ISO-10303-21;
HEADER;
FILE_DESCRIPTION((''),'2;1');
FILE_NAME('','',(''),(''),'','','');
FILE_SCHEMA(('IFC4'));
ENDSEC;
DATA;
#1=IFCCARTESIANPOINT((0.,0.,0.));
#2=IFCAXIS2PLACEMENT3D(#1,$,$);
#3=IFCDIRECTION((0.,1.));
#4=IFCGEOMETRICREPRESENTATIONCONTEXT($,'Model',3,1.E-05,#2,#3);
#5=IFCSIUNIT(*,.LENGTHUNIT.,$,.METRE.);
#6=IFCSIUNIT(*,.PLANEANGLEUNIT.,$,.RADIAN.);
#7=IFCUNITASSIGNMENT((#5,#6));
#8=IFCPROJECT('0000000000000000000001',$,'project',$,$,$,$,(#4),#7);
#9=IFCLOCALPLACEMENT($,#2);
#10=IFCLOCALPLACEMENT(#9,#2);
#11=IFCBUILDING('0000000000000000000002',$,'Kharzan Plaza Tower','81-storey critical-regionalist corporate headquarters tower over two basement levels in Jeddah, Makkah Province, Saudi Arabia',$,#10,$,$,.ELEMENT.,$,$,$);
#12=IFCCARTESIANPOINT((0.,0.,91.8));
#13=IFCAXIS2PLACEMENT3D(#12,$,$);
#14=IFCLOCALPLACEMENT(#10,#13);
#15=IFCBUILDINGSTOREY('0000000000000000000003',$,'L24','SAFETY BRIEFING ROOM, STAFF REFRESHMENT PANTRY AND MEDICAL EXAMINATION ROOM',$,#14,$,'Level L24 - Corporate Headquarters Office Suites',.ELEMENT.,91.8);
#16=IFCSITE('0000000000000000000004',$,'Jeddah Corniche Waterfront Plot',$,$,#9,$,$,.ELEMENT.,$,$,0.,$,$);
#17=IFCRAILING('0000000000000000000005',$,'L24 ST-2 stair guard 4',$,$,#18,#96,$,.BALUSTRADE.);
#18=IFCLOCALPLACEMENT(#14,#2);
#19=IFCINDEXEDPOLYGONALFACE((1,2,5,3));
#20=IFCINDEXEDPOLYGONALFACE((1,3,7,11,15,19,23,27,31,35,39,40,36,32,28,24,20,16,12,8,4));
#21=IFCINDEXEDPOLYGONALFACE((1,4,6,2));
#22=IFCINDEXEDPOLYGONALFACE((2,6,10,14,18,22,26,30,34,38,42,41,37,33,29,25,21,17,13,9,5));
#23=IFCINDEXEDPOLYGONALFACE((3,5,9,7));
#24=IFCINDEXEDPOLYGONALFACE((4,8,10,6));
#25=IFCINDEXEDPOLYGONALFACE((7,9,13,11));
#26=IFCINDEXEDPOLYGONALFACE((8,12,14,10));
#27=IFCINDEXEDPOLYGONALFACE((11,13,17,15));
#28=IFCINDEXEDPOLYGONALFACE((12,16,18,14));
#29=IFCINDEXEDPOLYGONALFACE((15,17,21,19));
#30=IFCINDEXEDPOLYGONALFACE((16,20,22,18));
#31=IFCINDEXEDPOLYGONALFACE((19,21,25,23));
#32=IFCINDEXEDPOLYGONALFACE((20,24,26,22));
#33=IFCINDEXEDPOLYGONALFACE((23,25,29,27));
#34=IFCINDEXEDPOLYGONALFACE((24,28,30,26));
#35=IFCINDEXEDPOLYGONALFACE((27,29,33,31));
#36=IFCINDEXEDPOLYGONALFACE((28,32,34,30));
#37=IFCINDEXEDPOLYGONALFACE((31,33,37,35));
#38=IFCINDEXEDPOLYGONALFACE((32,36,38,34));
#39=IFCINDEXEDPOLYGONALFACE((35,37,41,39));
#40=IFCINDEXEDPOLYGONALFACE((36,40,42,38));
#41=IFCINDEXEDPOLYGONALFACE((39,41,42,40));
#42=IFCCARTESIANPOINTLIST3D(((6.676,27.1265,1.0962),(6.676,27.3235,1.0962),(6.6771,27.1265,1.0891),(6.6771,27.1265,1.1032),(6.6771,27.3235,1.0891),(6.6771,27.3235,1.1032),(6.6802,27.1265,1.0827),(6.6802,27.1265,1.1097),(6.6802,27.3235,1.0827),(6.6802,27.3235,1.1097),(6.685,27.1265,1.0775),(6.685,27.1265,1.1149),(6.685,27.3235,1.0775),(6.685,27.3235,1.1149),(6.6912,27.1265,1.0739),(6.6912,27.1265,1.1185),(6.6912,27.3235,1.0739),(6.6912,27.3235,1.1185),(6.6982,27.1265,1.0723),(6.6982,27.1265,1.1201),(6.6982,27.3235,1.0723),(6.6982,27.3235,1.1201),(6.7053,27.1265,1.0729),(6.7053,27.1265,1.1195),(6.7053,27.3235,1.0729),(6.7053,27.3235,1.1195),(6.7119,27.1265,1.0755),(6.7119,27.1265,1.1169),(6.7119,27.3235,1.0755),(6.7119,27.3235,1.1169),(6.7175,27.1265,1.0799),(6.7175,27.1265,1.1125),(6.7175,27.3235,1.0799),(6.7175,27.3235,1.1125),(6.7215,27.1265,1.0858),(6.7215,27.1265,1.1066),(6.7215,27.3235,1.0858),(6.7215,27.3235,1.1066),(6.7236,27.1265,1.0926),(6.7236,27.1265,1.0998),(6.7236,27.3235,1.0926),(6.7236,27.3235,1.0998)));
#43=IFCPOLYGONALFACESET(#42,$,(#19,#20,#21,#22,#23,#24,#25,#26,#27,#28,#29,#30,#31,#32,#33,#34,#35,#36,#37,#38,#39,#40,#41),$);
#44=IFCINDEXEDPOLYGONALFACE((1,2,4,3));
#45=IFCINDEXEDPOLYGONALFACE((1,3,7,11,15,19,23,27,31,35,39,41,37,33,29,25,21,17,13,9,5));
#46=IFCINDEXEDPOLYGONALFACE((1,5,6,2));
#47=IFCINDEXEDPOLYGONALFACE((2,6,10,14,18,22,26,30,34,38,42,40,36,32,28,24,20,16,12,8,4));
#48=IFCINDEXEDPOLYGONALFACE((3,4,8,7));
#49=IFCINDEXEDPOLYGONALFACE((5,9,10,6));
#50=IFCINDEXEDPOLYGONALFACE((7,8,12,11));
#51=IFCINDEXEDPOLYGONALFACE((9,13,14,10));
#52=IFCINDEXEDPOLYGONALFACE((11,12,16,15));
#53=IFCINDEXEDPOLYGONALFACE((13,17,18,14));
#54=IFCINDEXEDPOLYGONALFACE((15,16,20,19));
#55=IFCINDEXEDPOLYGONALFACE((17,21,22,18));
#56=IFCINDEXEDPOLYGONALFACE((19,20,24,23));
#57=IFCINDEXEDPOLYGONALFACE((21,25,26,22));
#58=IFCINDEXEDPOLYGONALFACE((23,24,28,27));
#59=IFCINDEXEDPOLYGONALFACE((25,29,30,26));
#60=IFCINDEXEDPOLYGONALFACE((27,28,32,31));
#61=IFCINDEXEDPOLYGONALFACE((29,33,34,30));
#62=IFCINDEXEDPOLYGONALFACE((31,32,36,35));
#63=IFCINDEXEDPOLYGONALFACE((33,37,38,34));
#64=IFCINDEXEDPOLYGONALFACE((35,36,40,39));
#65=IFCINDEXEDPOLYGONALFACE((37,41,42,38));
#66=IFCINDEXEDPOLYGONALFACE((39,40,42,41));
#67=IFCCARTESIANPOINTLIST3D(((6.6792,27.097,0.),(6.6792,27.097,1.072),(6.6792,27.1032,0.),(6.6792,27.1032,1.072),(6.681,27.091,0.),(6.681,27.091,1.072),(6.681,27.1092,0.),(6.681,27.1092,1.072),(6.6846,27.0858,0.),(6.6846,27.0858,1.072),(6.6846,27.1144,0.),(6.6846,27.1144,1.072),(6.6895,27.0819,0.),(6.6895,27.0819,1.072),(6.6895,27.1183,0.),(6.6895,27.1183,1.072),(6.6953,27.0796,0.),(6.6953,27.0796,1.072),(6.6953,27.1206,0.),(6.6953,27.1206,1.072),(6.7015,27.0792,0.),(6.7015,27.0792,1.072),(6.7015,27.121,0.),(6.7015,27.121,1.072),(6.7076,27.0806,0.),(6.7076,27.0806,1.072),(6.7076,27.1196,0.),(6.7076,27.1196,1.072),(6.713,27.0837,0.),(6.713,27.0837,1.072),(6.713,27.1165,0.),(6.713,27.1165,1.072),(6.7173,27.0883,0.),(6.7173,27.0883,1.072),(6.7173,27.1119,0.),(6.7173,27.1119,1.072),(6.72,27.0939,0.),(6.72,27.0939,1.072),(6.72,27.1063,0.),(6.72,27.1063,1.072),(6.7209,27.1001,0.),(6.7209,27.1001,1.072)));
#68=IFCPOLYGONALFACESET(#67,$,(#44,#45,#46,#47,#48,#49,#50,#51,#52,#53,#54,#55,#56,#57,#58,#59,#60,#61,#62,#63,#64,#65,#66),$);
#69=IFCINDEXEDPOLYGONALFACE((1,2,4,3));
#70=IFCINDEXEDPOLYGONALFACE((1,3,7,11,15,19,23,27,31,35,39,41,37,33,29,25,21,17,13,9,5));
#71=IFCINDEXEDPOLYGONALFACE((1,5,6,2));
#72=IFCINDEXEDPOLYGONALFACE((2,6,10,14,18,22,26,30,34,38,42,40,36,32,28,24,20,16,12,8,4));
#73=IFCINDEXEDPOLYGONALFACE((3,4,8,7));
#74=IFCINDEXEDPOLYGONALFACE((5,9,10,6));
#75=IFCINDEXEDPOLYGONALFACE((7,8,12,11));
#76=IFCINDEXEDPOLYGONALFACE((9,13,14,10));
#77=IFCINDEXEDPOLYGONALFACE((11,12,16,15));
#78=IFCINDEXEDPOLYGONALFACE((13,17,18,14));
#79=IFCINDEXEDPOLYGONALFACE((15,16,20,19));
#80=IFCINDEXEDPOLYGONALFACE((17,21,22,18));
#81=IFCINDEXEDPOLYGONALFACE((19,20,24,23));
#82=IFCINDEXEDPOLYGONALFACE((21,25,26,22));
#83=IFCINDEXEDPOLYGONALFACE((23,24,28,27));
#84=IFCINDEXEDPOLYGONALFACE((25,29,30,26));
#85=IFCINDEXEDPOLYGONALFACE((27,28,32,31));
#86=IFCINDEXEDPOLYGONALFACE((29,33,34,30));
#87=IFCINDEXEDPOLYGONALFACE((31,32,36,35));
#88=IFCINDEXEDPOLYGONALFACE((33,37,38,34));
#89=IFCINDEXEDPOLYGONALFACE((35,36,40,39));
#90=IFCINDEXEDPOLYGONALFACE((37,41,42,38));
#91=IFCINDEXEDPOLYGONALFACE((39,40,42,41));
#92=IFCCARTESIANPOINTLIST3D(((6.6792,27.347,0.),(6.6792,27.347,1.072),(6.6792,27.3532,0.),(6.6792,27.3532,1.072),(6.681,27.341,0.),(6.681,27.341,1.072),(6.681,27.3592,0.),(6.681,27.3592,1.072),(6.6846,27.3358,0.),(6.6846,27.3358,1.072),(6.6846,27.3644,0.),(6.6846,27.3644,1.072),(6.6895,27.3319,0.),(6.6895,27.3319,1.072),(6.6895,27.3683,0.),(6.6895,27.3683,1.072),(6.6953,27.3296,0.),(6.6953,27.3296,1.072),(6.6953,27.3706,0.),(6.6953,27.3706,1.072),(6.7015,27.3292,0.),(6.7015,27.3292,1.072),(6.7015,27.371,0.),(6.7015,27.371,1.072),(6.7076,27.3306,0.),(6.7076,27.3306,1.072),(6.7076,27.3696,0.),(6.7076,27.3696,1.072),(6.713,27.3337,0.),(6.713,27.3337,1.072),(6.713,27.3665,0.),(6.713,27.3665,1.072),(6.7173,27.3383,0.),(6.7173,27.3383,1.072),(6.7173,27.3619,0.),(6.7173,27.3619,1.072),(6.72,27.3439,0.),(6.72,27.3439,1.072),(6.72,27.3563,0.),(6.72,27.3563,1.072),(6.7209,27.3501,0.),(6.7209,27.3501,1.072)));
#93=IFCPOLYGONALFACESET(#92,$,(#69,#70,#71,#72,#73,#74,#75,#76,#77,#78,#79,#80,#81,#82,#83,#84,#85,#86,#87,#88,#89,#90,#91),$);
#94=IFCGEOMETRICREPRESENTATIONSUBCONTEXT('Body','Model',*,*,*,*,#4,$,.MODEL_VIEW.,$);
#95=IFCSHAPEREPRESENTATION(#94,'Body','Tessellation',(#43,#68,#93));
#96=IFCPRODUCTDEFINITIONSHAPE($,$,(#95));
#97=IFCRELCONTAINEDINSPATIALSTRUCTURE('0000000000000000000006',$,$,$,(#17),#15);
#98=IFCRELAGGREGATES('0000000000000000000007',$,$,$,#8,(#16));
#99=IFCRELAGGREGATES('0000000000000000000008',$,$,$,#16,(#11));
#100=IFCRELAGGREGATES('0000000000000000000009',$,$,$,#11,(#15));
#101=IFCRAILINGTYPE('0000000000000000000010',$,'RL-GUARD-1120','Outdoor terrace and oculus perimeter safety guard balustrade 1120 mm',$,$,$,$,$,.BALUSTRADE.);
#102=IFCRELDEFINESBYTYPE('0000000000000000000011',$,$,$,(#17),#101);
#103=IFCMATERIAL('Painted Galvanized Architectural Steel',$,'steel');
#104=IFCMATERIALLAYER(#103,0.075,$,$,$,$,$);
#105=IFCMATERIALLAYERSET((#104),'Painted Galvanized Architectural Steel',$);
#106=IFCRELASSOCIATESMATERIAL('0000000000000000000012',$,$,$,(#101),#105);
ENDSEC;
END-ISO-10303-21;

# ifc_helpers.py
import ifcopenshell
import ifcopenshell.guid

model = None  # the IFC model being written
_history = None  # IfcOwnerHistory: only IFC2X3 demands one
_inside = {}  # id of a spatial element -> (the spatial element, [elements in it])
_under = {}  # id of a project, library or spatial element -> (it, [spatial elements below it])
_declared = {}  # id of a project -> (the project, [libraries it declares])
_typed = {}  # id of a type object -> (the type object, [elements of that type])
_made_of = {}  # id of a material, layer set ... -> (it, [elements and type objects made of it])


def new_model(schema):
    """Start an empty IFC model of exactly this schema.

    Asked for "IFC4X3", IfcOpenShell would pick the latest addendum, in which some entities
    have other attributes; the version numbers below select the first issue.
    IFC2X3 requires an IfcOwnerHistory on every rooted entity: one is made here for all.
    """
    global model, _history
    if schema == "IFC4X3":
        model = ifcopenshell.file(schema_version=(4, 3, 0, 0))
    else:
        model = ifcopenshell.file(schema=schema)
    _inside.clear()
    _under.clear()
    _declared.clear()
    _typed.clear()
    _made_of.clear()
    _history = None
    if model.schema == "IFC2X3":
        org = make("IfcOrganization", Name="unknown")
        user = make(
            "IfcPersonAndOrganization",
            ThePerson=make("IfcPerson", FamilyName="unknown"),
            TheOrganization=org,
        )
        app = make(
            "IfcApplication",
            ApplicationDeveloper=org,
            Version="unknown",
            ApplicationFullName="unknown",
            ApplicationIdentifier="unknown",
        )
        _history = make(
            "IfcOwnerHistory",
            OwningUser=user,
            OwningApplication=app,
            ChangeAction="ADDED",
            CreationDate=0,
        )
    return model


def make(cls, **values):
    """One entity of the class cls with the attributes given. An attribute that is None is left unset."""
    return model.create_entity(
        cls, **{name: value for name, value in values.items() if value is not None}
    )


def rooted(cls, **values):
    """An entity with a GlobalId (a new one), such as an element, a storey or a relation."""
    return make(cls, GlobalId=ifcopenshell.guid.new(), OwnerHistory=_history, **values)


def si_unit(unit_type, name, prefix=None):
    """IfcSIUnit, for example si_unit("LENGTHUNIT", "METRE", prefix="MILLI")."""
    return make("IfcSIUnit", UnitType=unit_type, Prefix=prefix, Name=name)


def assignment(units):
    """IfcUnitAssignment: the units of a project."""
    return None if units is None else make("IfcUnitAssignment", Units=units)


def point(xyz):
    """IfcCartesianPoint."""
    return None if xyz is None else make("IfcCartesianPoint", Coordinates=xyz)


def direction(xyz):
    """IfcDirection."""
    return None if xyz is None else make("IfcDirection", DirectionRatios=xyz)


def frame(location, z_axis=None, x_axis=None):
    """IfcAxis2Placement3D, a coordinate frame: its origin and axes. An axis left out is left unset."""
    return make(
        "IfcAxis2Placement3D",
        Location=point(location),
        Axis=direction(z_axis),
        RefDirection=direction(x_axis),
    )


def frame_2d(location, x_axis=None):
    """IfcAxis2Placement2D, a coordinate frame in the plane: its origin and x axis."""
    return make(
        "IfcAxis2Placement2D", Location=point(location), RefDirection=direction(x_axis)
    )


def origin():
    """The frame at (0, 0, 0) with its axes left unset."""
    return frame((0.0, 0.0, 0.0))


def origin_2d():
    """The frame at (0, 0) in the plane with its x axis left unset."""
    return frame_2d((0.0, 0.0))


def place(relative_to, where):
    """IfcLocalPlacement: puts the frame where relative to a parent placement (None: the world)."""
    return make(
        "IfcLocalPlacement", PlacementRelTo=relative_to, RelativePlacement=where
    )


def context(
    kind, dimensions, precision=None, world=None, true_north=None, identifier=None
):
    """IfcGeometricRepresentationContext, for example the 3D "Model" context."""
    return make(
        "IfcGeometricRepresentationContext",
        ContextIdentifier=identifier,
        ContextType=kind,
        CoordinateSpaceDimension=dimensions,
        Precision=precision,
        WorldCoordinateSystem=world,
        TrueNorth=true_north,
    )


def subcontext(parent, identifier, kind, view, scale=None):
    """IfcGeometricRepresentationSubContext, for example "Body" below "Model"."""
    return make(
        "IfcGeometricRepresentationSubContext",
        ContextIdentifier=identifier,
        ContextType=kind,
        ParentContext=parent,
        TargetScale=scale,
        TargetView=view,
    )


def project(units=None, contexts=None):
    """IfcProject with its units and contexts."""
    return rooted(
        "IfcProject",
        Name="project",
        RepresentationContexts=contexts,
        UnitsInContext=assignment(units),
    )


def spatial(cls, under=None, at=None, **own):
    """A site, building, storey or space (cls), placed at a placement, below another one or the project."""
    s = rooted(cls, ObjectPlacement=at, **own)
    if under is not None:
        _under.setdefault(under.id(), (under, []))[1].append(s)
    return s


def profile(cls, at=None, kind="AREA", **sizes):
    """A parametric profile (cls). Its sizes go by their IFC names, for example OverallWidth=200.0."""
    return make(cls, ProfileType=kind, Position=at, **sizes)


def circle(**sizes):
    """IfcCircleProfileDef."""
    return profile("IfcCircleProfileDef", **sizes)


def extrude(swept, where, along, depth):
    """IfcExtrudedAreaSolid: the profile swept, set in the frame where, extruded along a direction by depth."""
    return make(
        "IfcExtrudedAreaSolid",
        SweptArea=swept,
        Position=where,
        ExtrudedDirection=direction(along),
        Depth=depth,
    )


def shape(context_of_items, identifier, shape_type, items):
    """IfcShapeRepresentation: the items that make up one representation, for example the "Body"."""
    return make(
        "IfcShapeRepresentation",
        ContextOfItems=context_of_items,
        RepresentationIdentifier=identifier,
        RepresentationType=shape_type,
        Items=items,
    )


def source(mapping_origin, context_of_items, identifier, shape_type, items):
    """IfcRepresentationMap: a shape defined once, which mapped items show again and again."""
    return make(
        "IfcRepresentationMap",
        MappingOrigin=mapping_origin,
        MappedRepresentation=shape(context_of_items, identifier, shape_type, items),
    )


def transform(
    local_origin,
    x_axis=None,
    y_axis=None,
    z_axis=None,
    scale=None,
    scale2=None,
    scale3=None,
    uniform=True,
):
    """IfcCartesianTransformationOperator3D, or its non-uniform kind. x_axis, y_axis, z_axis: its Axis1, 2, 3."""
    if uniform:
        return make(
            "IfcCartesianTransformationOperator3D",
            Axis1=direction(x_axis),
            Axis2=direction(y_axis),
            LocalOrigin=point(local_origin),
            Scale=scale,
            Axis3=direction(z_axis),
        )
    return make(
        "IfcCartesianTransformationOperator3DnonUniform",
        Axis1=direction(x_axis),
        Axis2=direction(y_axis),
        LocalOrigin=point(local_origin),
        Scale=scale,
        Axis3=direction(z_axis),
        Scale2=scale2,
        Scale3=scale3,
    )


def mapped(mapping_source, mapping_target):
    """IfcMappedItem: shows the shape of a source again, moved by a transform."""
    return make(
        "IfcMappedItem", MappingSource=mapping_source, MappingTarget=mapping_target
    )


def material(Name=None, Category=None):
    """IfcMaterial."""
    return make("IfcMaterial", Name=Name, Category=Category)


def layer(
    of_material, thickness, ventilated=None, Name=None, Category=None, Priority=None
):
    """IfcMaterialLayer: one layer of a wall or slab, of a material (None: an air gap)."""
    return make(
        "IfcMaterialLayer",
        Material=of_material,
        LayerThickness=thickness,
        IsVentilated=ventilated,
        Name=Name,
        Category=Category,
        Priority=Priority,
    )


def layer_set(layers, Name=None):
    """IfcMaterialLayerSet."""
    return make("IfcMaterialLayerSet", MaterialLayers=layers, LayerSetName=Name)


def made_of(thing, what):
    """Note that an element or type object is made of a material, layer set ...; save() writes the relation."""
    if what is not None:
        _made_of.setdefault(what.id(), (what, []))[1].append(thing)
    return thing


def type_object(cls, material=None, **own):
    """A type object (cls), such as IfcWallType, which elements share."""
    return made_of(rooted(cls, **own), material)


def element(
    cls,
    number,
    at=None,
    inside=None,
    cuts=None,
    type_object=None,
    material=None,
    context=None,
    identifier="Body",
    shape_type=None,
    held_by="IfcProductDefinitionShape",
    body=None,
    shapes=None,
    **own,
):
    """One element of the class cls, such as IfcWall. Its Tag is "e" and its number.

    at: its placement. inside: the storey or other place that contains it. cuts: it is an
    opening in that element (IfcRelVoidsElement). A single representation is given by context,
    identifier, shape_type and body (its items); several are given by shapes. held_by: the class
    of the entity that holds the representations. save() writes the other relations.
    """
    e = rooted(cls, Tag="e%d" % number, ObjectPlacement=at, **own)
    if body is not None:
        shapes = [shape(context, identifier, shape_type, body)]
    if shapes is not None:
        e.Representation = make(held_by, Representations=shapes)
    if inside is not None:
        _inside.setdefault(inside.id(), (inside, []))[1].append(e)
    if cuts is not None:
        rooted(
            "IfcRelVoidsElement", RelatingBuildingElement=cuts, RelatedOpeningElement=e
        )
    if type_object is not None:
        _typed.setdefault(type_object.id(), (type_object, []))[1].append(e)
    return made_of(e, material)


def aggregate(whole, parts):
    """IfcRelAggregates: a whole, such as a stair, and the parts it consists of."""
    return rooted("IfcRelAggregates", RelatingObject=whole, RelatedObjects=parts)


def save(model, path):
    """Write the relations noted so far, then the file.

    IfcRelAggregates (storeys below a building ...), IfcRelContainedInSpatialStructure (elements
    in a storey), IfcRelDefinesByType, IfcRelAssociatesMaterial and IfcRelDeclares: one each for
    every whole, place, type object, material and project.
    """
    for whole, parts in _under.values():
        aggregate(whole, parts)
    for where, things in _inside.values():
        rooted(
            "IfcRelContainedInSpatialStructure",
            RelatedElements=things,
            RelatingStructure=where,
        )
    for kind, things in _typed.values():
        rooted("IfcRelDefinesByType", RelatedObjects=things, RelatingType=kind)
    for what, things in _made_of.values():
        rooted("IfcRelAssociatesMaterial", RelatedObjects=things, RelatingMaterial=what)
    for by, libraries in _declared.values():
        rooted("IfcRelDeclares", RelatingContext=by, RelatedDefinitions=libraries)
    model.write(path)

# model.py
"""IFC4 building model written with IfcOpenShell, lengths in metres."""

from ifc_helpers import new_model, si_unit, direction, frame, origin, origin_2d, place, context, subcontext, project, spatial, circle, extrude, source, transform, mapped, material, layer, layer_set, type_object, element, save


model = new_model("IFC4")

# Units and contexts
model_context = context("Model", 3, precision=1e-05, world=origin(), true_north=direction((0.0, 1.0)))
body_context = subcontext(model_context, "Body", "Model", "MODEL_VIEW")
ifc_project = project(units=[si_unit("LENGTHUNIT", "METRE"), si_unit("PLANEANGLEUNIT", "RADIAN")], contexts=[model_context])

# Site, building, storey
site_placement = place(None, origin())
site = spatial("IfcSite", under=ifc_project, at=site_placement, Name="Jeddah Corniche Waterfront Plot", CompositionType="ELEMENT", RefElevation=0.0)
building_placement = place(site_placement, origin())
building = spatial("IfcBuilding", under=site, at=building_placement, Name="Kharzan Plaza Tower", Description="81-storey critical-regionalist corporate headquarters tower over two basement levels in Jeddah, Makkah Province, Saudi Arabia", CompositionType="ELEMENT")
storey_placement = place(building_placement, frame((0.0, 0.0, 91.8)))
storey = spatial("IfcBuildingStorey", under=building, at=storey_placement, Name="L24", Description="SAFETY BRIEFING ROOM, STAFF REFRESHMENT PANTRY AND MEDICAL EXAMINATION ROOM", LongName="Level L24 - Corporate Headquarters Office Suites", CompositionType="ELEMENT", Elevation=91.8)

# Railing
ifc_material_1 = material(Name="Painted Galvanized Architectural Steel", Category="steel")
ifc_layer_1 = layer(ifc_material_1, 0.075)
ifc_layer_set_1 = layer_set([ifc_layer_1], Name="Painted Galvanized Architectural Steel")
railing_type_1 = type_object("IfcRailingType", Name="RL-GUARD-1120", Description="Outdoor terrace and oculus perimeter safety guard balustrade 1120 mm", PredefinedType="BALUSTRADE", material=ifc_layer_set_1)
shared_shape_1 = source(origin(), body_context, "Body", "SweptSolid", [
    extrude(circle(Radius=0.0239, at=origin_2d()), frame((0.0, 0.0264, 1.0962), z_axis=(0.0, 1.0, 0.0), x_axis=(-1.0, 0.0, 0.0)), (0.0, 0.0, 1.0), 0.197),
    extrude(circle(Radius=0.021, at=origin_2d()), origin(), (0.0, 0.0, 1.0), 1.072),
    extrude(circle(Radius=0.021, at=origin_2d()), frame((0.0, 0.25, 0.0)), (0.0, 0.0, 1.0), 1.072),
])
for number, where, name in (
    (1, (6.7, 27.1001, 0.0), "L24 ST-2 stair guard 4"),
):
    element("IfcRailing", number, at=place(storey_placement, frame(where)), inside=storey, type_object=railing_type_1, Name=name, PredefinedType="BALUSTRADE", context=body_context, shape_type="MappedRepresentation", body=[
        mapped(shared_shape_1, transform((0.0, 0.0, 0.0), x_axis=(1.0, 0.0, 0.0), y_axis=(0.0, 1.0, 0.0), z_axis=(0.0, 0.0, 1.0))),
    ])

save(model, "model.ifc")
